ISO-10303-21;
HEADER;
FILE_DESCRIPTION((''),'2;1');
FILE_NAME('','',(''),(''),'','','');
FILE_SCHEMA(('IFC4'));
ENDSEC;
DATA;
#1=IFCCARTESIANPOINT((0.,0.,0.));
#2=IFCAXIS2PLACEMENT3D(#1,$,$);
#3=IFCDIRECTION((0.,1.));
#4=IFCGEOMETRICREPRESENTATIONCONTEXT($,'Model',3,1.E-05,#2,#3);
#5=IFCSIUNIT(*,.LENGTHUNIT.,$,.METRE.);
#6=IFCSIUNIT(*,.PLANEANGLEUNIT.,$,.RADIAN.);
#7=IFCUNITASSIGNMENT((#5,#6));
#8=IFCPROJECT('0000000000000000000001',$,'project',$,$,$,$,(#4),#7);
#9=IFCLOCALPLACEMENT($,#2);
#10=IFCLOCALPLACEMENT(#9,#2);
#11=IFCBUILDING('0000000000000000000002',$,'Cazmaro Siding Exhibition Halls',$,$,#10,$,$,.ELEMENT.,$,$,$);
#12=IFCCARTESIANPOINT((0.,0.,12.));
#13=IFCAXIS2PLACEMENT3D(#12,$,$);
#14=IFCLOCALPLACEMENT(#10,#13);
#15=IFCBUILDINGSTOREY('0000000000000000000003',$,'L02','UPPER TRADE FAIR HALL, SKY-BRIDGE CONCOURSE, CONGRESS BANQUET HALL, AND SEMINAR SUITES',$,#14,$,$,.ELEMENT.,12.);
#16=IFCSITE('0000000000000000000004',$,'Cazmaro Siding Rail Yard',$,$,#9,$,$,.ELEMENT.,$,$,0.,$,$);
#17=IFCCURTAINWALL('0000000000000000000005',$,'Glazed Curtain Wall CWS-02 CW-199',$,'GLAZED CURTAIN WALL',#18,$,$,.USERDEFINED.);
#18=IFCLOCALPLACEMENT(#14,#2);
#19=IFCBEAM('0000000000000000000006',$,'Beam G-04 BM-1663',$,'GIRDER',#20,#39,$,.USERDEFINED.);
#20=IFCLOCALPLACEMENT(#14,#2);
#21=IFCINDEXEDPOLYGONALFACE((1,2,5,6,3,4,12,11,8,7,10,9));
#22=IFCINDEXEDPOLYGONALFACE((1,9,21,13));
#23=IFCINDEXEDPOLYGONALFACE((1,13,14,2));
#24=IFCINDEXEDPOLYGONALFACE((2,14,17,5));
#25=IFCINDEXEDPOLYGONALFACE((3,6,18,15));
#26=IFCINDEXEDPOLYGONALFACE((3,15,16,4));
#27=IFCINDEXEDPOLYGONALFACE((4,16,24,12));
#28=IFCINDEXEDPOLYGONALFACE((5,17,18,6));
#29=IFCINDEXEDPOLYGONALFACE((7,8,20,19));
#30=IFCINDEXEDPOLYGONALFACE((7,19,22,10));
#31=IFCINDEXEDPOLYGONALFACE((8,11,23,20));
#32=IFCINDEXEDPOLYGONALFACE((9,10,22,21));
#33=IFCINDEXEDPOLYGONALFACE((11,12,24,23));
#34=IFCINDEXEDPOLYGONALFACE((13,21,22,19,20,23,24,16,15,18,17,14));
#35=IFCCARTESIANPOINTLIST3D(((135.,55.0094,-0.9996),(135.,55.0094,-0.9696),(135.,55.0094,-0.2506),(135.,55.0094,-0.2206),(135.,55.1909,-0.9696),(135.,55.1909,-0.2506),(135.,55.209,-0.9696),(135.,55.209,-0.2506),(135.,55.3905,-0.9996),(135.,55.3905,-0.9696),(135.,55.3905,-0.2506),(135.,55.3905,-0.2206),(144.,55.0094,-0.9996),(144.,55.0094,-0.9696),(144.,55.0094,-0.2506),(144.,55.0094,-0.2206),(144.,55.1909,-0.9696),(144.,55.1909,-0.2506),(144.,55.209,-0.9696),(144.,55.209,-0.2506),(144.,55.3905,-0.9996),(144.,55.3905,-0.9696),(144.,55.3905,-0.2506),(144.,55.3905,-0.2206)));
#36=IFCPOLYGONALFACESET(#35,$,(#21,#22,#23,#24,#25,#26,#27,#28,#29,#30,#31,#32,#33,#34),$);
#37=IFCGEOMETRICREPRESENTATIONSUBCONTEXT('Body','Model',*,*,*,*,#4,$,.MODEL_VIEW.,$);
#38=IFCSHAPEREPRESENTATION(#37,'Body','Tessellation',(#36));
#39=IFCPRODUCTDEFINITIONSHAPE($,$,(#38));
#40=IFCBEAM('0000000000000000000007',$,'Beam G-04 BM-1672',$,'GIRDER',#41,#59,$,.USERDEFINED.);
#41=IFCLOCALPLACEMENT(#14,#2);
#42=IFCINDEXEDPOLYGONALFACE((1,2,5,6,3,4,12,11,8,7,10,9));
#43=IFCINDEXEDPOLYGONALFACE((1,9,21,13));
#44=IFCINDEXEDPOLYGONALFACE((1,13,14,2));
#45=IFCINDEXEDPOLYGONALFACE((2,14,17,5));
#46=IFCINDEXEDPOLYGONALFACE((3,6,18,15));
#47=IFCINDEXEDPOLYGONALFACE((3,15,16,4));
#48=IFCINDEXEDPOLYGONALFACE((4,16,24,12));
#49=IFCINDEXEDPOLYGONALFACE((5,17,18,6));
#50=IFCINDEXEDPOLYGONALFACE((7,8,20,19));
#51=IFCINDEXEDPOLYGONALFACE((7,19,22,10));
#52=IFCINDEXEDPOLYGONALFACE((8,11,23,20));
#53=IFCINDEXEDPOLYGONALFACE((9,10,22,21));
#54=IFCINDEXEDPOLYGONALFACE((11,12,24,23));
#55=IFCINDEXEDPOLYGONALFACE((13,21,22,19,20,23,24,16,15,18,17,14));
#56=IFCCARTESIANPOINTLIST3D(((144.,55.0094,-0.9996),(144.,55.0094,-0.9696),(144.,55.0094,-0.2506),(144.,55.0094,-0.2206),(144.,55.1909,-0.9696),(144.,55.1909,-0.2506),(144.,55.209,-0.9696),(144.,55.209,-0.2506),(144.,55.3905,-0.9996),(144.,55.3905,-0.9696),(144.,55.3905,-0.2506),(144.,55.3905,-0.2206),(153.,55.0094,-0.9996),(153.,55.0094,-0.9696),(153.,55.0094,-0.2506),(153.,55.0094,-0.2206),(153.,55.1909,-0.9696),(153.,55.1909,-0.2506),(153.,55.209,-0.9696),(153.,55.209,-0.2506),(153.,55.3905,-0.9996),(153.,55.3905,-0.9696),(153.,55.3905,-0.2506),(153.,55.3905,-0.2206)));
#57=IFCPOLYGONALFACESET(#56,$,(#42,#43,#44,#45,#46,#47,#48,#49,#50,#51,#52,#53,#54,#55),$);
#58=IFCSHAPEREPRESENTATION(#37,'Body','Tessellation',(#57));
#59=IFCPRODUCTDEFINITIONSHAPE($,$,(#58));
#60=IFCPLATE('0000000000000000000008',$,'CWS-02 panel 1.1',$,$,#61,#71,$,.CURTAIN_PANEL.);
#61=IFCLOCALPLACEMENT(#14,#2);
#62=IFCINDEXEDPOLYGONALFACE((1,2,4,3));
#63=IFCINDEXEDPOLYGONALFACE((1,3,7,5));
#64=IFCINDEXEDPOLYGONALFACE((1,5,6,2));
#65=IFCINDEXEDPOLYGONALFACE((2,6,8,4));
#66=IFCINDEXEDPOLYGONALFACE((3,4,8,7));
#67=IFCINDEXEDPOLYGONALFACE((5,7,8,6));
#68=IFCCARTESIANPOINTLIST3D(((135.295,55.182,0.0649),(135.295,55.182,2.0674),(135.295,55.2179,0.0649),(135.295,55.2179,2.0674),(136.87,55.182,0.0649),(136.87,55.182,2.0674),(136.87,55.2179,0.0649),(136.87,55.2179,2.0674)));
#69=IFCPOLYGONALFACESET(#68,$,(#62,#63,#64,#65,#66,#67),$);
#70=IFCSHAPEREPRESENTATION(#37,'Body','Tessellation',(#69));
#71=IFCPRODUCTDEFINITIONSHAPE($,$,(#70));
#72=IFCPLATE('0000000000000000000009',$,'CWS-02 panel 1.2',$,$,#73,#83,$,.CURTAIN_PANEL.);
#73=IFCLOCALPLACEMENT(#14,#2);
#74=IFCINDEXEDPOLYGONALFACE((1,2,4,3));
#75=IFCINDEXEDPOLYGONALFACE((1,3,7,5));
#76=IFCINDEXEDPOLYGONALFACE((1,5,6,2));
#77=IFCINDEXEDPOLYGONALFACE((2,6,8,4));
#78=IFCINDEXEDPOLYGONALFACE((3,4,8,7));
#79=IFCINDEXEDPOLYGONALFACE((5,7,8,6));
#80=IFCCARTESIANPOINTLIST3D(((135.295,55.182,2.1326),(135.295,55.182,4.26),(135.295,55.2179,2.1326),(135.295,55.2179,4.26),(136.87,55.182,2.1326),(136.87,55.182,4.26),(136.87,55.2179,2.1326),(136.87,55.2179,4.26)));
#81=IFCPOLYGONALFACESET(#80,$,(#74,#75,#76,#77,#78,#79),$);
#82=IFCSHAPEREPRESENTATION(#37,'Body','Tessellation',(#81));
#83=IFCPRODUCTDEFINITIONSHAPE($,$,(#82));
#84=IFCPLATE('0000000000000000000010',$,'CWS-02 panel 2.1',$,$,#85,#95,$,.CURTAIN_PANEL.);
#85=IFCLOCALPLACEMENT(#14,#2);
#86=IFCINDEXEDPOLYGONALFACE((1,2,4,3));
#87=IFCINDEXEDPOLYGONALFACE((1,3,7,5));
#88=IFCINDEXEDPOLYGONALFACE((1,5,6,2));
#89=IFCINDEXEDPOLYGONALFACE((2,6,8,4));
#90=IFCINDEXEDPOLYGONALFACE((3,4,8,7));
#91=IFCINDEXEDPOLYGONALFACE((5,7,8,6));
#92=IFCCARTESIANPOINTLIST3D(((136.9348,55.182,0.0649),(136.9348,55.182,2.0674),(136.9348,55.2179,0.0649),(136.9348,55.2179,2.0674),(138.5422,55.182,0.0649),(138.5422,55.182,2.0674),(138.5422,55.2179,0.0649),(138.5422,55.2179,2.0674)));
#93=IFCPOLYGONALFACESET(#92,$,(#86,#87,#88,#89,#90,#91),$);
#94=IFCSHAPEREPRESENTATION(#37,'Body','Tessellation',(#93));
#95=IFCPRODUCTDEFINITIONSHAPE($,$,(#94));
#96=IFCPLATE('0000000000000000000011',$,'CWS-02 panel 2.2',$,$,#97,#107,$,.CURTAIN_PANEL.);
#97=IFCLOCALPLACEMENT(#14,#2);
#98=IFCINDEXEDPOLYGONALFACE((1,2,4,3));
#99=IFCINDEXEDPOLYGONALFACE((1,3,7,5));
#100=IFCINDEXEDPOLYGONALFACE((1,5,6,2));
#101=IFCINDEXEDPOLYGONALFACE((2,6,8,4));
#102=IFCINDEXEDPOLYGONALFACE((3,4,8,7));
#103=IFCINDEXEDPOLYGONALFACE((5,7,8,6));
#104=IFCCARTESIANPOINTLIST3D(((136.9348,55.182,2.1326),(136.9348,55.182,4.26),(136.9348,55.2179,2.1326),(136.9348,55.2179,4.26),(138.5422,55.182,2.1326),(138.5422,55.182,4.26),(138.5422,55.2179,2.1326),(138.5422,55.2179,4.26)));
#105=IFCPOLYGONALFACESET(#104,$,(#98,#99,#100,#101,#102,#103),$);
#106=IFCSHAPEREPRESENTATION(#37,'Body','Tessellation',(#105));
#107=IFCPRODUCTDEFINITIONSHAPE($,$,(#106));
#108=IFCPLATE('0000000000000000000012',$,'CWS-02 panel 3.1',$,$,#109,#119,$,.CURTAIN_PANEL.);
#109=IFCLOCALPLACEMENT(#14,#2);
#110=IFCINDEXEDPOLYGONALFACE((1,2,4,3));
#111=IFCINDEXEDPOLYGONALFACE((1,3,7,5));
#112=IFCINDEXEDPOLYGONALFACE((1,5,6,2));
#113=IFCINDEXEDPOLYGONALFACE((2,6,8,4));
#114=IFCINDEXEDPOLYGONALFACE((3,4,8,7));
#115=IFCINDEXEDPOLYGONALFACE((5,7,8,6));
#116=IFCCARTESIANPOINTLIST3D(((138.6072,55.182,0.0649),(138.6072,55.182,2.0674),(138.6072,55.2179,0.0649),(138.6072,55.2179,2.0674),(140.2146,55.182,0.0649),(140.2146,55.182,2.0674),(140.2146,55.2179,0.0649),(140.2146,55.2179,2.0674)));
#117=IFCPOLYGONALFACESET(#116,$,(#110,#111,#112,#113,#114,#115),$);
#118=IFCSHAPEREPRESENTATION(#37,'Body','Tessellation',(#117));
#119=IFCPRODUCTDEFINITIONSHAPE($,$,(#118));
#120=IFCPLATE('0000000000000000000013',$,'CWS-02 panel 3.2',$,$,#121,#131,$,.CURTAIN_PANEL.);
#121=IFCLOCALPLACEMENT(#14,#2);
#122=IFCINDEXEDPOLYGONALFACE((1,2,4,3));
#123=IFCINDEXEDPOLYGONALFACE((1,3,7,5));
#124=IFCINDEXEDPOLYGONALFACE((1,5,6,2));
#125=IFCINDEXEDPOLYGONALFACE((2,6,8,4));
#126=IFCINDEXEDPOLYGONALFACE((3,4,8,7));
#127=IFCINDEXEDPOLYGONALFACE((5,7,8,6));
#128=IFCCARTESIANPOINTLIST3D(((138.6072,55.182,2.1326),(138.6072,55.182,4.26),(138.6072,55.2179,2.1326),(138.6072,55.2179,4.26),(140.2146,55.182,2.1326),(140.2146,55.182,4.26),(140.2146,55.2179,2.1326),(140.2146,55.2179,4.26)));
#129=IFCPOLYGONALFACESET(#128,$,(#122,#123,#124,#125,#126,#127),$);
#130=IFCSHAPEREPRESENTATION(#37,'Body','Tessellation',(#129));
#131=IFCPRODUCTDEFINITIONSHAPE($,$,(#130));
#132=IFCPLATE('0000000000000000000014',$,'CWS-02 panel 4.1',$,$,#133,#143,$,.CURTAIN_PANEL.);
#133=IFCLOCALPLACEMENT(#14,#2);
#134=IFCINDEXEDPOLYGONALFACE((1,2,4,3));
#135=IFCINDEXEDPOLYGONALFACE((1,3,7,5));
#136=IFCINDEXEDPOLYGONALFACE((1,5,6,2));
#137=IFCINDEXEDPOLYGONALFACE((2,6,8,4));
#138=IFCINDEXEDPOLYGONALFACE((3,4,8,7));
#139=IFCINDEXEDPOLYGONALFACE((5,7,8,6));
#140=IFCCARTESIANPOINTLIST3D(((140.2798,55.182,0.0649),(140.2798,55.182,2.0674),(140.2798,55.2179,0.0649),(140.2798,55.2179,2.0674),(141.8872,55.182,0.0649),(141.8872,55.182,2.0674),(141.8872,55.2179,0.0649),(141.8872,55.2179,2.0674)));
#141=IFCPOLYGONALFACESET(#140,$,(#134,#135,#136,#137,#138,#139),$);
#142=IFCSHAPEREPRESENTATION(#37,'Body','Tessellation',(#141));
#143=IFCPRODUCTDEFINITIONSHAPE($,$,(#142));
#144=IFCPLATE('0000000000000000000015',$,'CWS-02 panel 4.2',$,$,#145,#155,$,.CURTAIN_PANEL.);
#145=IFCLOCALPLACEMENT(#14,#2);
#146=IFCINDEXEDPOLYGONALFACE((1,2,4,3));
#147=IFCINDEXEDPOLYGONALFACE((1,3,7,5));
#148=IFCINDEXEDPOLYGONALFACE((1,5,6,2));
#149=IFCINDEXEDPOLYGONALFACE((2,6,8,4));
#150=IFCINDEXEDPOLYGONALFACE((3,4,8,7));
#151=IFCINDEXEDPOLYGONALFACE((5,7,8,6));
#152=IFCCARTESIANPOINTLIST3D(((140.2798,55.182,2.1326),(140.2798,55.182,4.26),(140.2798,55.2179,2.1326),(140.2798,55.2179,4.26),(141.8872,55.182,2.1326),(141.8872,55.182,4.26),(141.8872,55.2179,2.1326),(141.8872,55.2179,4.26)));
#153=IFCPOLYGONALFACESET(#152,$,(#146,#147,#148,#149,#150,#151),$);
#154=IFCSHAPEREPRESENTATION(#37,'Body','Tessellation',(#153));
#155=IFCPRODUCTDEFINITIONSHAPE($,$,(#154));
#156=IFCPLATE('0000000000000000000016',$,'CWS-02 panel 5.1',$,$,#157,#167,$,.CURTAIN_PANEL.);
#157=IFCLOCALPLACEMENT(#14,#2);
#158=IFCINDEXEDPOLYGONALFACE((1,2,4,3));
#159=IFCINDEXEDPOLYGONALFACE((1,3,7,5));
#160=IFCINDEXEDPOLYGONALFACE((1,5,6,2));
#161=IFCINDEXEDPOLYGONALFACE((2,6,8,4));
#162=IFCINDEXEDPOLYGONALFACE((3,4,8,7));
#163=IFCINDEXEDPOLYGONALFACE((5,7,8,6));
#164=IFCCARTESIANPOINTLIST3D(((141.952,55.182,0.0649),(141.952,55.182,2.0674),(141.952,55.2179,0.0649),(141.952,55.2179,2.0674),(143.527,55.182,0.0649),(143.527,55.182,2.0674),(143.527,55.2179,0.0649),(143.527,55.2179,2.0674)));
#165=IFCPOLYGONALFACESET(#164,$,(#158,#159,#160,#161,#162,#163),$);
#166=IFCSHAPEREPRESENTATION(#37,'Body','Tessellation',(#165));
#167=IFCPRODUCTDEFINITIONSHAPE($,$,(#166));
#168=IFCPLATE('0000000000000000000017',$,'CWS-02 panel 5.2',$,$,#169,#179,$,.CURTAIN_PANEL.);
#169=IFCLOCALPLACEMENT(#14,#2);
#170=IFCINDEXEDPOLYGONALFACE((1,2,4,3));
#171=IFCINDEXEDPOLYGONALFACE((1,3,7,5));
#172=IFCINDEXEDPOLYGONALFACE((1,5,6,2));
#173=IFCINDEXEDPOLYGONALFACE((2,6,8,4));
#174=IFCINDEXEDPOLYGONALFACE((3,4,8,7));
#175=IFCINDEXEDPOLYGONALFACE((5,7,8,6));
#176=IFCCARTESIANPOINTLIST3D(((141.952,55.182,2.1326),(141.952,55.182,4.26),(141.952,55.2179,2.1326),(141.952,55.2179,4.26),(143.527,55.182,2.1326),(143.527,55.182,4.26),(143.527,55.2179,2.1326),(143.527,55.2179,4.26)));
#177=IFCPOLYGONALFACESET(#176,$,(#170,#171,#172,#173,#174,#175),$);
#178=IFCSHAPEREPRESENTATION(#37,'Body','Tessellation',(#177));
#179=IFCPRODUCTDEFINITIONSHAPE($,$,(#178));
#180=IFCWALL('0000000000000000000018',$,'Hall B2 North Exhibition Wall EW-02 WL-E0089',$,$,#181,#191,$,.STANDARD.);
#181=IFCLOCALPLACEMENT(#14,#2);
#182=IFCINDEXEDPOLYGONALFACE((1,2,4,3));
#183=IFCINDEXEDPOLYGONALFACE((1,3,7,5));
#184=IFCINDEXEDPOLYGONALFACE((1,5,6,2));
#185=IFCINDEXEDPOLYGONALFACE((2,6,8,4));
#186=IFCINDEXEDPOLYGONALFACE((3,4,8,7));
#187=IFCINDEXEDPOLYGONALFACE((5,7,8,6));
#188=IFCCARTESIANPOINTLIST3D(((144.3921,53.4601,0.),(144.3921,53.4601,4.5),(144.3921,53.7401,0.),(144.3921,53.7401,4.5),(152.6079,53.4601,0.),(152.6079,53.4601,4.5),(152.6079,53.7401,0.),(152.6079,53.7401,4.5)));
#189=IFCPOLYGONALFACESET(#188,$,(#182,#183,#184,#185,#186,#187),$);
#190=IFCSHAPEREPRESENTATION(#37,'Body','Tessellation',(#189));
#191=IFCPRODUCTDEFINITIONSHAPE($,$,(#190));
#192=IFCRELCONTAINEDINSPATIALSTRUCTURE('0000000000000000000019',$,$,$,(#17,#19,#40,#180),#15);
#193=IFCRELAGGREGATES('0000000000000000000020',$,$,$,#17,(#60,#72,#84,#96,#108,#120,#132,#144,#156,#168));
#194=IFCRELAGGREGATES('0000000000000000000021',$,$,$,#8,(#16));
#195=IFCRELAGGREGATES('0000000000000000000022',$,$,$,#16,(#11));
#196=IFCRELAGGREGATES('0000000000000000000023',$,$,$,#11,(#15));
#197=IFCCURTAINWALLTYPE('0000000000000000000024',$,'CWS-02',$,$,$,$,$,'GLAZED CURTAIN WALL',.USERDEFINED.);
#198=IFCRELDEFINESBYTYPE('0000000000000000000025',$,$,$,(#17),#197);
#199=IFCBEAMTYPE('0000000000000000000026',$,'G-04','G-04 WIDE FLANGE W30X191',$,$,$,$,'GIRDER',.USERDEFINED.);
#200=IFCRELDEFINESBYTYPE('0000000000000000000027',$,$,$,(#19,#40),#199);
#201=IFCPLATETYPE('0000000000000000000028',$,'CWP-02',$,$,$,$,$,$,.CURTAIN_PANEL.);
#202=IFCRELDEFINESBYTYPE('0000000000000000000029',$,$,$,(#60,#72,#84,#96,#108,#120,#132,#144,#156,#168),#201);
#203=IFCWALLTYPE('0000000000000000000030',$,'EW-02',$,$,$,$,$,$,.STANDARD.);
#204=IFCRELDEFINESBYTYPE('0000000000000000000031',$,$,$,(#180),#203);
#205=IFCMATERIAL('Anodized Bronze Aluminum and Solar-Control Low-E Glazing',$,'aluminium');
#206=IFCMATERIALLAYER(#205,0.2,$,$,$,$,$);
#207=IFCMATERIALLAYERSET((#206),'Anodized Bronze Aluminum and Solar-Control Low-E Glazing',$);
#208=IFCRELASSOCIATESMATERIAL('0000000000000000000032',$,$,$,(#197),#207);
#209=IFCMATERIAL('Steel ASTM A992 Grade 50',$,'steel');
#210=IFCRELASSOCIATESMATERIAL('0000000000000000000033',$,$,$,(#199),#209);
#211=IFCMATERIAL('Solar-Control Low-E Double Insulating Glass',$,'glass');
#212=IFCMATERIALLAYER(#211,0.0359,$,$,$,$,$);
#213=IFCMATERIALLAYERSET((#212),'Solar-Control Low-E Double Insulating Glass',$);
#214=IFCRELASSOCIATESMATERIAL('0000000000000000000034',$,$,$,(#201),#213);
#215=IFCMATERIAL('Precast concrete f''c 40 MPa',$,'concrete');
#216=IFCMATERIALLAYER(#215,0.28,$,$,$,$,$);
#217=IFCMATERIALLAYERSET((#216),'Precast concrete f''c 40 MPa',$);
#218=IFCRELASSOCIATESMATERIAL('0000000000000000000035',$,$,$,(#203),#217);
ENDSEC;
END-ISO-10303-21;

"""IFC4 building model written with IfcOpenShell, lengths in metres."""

from ifc_helpers import new_model, si_unit, direction, frame, frame_2d, origin, origin_2d, place, context, subcontext, project, spatial, rectangle, i_section, extrude, material, layer, layer_set, material_profile, profile_set, type_object, element, aggregate, save


model = new_model("IFC4")

# Units and contexts
model_context = context("Model", 3, precision=1e-05, world=origin(), true_north=direction((0.0, 1.0)))
body_context = subcontext(model_context, "Body", "Model", "MODEL_VIEW")
ifc_project = project(units=[si_unit("LENGTHUNIT", "METRE"), si_unit("PLANEANGLEUNIT", "RADIAN")], contexts=[model_context])

# Site, building, storey
site_placement = place(None, origin())
site = spatial("IfcSite", under=ifc_project, at=site_placement, Name="Cazmaro Siding Rail Yard", CompositionType="ELEMENT", RefElevation=0.0)
building_placement = place(site_placement, origin())
building = spatial("IfcBuilding", under=site, at=building_placement, Name="Cazmaro Siding Exhibition Halls", CompositionType="ELEMENT")
storey_placement = place(building_placement, frame((0.0, 0.0, 12.0)))
storey = spatial("IfcBuildingStorey", under=building, at=storey_placement, Name="L02", Description="UPPER TRADE FAIR HALL, SKY-BRIDGE CONCOURSE, CONGRESS BANQUET HALL, AND SEMINAR SUITES", CompositionType="ELEMENT", Elevation=12.0)

# Curtain wall
ifc_material_1 = material(Name="Anodized Bronze Aluminum and Solar-Control Low-E Glazing", Category="aluminium")
ifc_layer_1 = layer(ifc_material_1, 0.2)
ifc_layer_set_1 = layer_set([ifc_layer_1], Name="Anodized Bronze Aluminum and Solar-Control Low-E Glazing")
curtain_wall_type = type_object("IfcCurtainWallType", Name="CWS-02", ElementType="GLAZED CURTAIN WALL", PredefinedType="USERDEFINED", material=ifc_layer_set_1)
curtain_wall_placement = place(storey_placement, origin())
curtain_wall = element("IfcCurtainWall", 1, at=curtain_wall_placement, inside=storey, type_object=curtain_wall_type, Name="Glazed Curtain Wall CWS-02 CW-199", ObjectType="GLAZED CURTAIN WALL", PredefinedType="USERDEFINED")

# Beams
ifc_material_2 = material(Name="Steel ASTM A992 Grade 50", Category="steel")
ifc_material_profile_1 = material_profile(ifc_material_2, i_section(OverallWidth=0.3811, OverallDepth=0.7791, WebThickness=0.0181, FlangeThickness=0.03, at=origin_2d()), Name="W30X191")
ifc_profile_set_1 = profile_set([ifc_material_profile_1], Name="Steel ASTM A992 Grade 50")
beam_type_1 = type_object("IfcBeamType", Name="G-04", Description="G-04 WIDE FLANGE W30X191", ElementType="GIRDER", PredefinedType="USERDEFINED", material=ifc_profile_set_1)
for number, where, z_axis, x_axis, name in (
    (2, (135.0, 55.2, -0.6101), (1.0, 0.0, 0.0), (0.0, 1.0, 0.0), "Beam G-04 BM-1663"),
    (3, (144.0, 55.2, -0.6101), (1.0, 0.0, 0.0), (0.0, 1.0, 0.0), "Beam G-04 BM-1672"),
):
    element("IfcBeam", number, at=place(storey_placement, frame(where, z_axis=z_axis, x_axis=x_axis)), inside=storey, type_object=beam_type_1, Name=name, ObjectType="GIRDER", PredefinedType="USERDEFINED", context=body_context, shape_type="SweptSolid", body=[
        extrude(i_section(OverallWidth=0.3811, OverallDepth=0.7791, WebThickness=0.0181, FlangeThickness=0.03, at=origin_2d()), origin(), (0.0, 0.0, 1.0), 9.0),
    ])

# Plates
ifc_material_3 = material(Name="Solar-Control Low-E Double Insulating Glass", Category="glass")
ifc_layer_2 = layer(ifc_material_3, 0.0359)
ifc_layer_set_2 = layer_set([ifc_layer_2], Name="Solar-Control Low-E Double Insulating Glass")
plate_type = type_object("IfcPlateType", Name="CWP-02", PredefinedType="CURTAIN_PANEL", material=ifc_layer_set_2)
plate_1_placement = place(storey_placement, frame((136.0825, 55.2, 0.0649), z_axis=(0.0, 0.0, 1.0), x_axis=(1.0, 0.0, 0.0)))
plate_1 = element("IfcPlate", 4, at=plate_1_placement, type_object=plate_type, Name="CWS-02 panel 1.1", PredefinedType="CURTAIN_PANEL", context=body_context, shape_type="SweptSolid", body=[
    extrude(rectangle(XDim=1.575, YDim=0.0359, at=origin_2d()), origin(), (0.0, 0.0, 1.0), 2.0024),
])
plate_2_placement = place(storey_placement, frame((136.0825, 55.2, 2.1326), z_axis=(0.0, 0.0, 1.0), x_axis=(1.0, 0.0, 0.0)))
plate_2 = element("IfcPlate", 5, at=plate_2_placement, type_object=plate_type, Name="CWS-02 panel 1.2", PredefinedType="CURTAIN_PANEL", context=body_context, shape_type="SweptSolid", body=[
    extrude(rectangle(XDim=1.575, YDim=0.0359, at=origin_2d()), origin(), (0.0, 0.0, 1.0), 2.1274),
])
plate_3_placement = place(storey_placement, frame((137.7385, 55.2, 0.0649), z_axis=(0.0, 0.0, 1.0), x_axis=(1.0, 0.0, 0.0)))
plate_3 = element("IfcPlate", 6, at=plate_3_placement, type_object=plate_type, Name="CWS-02 panel 2.1", PredefinedType="CURTAIN_PANEL", context=body_context, shape_type="SweptSolid", body=[
    extrude(rectangle(XDim=1.6074, YDim=0.0359, at=origin_2d()), origin(), (0.0, 0.0, 1.0), 2.0024),
])
plate_4_placement = place(storey_placement, frame((137.7385, 55.2, 2.1326), z_axis=(0.0, 0.0, 1.0), x_axis=(1.0, 0.0, 0.0)))
plate_4 = element("IfcPlate", 7, at=plate_4_placement, type_object=plate_type, Name="CWS-02 panel 2.2", PredefinedType="CURTAIN_PANEL", context=body_context, shape_type="SweptSolid", body=[
    extrude(rectangle(XDim=1.6074, YDim=0.0359, at=origin_2d()), origin(), (0.0, 0.0, 1.0), 2.1274),
])
plate_5_placement = place(storey_placement, frame((139.4109, 55.2, 0.0649), z_axis=(0.0, 0.0, 1.0), x_axis=(1.0, 0.0, 0.0)))
plate_5 = element("IfcPlate", 8, at=plate_5_placement, type_object=plate_type, Name="CWS-02 panel 3.1", PredefinedType="CURTAIN_PANEL", context=body_context, shape_type="SweptSolid", body=[
    extrude(rectangle(XDim=1.6074, YDim=0.0359, at=origin_2d()), origin(), (0.0, 0.0, 1.0), 2.0024),
])
plate_6_placement = place(storey_placement, frame((139.4109, 55.2, 2.1326), z_axis=(0.0, 0.0, 1.0), x_axis=(1.0, 0.0, 0.0)))
plate_6 = element("IfcPlate", 9, at=plate_6_placement, type_object=plate_type, Name="CWS-02 panel 3.2", PredefinedType="CURTAIN_PANEL", context=body_context, shape_type="SweptSolid", body=[
    extrude(rectangle(XDim=1.6074, YDim=0.0359, at=origin_2d()), origin(), (0.0, 0.0, 1.0), 2.1274),
])
plate_7_placement = place(storey_placement, frame((141.0835, 55.2, 0.0649), z_axis=(0.0, 0.0, 1.0), x_axis=(1.0, 0.0, 0.0)))
plate_7 = element("IfcPlate", 10, at=plate_7_placement, type_object=plate_type, Name="CWS-02 panel 4.1", PredefinedType="CURTAIN_PANEL", context=body_context, shape_type="SweptSolid", body=[
    extrude(rectangle(XDim=1.6074, YDim=0.0359, at=origin_2d()), origin(), (0.0, 0.0, 1.0), 2.0024),
])
plate_8_placement = place(storey_placement, frame((141.0835, 55.2, 2.1326), z_axis=(0.0, 0.0, 1.0), x_axis=(1.0, 0.0, 0.0)))
plate_8 = element("IfcPlate", 11, at=plate_8_placement, type_object=plate_type, Name="CWS-02 panel 4.2", PredefinedType="CURTAIN_PANEL", context=body_context, shape_type="SweptSolid", body=[
    extrude(rectangle(XDim=1.6074, YDim=0.0359, at=origin_2d()), origin(), (0.0, 0.0, 1.0), 2.1274),
])
plate_9_placement = place(storey_placement, frame((142.7395, 55.2, 0.0649), z_axis=(0.0, 0.0, 1.0), x_axis=(1.0, 0.0, 0.0)))
plate_9 = element("IfcPlate", 12, at=plate_9_placement, type_object=plate_type, Name="CWS-02 panel 5.1", PredefinedType="CURTAIN_PANEL", context=body_context, shape_type="SweptSolid", body=[
    extrude(rectangle(XDim=1.575, YDim=0.0359, at=origin_2d()), origin(), (0.0, 0.0, 1.0), 2.0024),
])
plate_10_placement = place(storey_placement, frame((142.7395, 55.2, 2.1326), z_axis=(0.0, 0.0, 1.0), x_axis=(1.0, 0.0, 0.0)))
plate_10 = element("IfcPlate", 13, at=plate_10_placement, type_object=plate_type, Name="CWS-02 panel 5.2", PredefinedType="CURTAIN_PANEL", context=body_context, shape_type="SweptSolid", body=[
    extrude(rectangle(XDim=1.575, YDim=0.0359, at=origin_2d()), origin(), (0.0, 0.0, 1.0), 2.1274),
])
aggregate(curtain_wall, [plate_1, plate_2, plate_3, plate_4, plate_5, plate_6, plate_7, plate_8, plate_9, plate_10])

# Wall
ifc_material_4 = material(Name="Precast concrete f'c 40 MPa", Category="concrete")
ifc_layer_3 = layer(ifc_material_4, 0.28)
ifc_layer_set_3 = layer_set([ifc_layer_3], Name="Precast concrete f'c 40 MPa")
wall_type = type_object("IfcWallType", Name="EW-02", PredefinedType="STANDARD", material=ifc_layer_set_3)
wall_placement = place(storey_placement, frame((144.3921, 53.6001, 0.0), z_axis=(0.0, 0.0, 1.0), x_axis=(1.0, 0.0, 0.0)))
element("IfcWall", 14, at=wall_placement, inside=storey, type_object=wall_type, Name="Hall B2 North Exhibition Wall EW-02 WL-E0089", PredefinedType="STANDARD", context=body_context, shape_type="SweptSolid", body=[
    extrude(rectangle(XDim=8.2158, YDim=0.28, at=frame_2d((4.1079, 0.0))), origin(), (0.0, 0.0, 1.0), 4.5),
])

save(model, "model.ifc")
